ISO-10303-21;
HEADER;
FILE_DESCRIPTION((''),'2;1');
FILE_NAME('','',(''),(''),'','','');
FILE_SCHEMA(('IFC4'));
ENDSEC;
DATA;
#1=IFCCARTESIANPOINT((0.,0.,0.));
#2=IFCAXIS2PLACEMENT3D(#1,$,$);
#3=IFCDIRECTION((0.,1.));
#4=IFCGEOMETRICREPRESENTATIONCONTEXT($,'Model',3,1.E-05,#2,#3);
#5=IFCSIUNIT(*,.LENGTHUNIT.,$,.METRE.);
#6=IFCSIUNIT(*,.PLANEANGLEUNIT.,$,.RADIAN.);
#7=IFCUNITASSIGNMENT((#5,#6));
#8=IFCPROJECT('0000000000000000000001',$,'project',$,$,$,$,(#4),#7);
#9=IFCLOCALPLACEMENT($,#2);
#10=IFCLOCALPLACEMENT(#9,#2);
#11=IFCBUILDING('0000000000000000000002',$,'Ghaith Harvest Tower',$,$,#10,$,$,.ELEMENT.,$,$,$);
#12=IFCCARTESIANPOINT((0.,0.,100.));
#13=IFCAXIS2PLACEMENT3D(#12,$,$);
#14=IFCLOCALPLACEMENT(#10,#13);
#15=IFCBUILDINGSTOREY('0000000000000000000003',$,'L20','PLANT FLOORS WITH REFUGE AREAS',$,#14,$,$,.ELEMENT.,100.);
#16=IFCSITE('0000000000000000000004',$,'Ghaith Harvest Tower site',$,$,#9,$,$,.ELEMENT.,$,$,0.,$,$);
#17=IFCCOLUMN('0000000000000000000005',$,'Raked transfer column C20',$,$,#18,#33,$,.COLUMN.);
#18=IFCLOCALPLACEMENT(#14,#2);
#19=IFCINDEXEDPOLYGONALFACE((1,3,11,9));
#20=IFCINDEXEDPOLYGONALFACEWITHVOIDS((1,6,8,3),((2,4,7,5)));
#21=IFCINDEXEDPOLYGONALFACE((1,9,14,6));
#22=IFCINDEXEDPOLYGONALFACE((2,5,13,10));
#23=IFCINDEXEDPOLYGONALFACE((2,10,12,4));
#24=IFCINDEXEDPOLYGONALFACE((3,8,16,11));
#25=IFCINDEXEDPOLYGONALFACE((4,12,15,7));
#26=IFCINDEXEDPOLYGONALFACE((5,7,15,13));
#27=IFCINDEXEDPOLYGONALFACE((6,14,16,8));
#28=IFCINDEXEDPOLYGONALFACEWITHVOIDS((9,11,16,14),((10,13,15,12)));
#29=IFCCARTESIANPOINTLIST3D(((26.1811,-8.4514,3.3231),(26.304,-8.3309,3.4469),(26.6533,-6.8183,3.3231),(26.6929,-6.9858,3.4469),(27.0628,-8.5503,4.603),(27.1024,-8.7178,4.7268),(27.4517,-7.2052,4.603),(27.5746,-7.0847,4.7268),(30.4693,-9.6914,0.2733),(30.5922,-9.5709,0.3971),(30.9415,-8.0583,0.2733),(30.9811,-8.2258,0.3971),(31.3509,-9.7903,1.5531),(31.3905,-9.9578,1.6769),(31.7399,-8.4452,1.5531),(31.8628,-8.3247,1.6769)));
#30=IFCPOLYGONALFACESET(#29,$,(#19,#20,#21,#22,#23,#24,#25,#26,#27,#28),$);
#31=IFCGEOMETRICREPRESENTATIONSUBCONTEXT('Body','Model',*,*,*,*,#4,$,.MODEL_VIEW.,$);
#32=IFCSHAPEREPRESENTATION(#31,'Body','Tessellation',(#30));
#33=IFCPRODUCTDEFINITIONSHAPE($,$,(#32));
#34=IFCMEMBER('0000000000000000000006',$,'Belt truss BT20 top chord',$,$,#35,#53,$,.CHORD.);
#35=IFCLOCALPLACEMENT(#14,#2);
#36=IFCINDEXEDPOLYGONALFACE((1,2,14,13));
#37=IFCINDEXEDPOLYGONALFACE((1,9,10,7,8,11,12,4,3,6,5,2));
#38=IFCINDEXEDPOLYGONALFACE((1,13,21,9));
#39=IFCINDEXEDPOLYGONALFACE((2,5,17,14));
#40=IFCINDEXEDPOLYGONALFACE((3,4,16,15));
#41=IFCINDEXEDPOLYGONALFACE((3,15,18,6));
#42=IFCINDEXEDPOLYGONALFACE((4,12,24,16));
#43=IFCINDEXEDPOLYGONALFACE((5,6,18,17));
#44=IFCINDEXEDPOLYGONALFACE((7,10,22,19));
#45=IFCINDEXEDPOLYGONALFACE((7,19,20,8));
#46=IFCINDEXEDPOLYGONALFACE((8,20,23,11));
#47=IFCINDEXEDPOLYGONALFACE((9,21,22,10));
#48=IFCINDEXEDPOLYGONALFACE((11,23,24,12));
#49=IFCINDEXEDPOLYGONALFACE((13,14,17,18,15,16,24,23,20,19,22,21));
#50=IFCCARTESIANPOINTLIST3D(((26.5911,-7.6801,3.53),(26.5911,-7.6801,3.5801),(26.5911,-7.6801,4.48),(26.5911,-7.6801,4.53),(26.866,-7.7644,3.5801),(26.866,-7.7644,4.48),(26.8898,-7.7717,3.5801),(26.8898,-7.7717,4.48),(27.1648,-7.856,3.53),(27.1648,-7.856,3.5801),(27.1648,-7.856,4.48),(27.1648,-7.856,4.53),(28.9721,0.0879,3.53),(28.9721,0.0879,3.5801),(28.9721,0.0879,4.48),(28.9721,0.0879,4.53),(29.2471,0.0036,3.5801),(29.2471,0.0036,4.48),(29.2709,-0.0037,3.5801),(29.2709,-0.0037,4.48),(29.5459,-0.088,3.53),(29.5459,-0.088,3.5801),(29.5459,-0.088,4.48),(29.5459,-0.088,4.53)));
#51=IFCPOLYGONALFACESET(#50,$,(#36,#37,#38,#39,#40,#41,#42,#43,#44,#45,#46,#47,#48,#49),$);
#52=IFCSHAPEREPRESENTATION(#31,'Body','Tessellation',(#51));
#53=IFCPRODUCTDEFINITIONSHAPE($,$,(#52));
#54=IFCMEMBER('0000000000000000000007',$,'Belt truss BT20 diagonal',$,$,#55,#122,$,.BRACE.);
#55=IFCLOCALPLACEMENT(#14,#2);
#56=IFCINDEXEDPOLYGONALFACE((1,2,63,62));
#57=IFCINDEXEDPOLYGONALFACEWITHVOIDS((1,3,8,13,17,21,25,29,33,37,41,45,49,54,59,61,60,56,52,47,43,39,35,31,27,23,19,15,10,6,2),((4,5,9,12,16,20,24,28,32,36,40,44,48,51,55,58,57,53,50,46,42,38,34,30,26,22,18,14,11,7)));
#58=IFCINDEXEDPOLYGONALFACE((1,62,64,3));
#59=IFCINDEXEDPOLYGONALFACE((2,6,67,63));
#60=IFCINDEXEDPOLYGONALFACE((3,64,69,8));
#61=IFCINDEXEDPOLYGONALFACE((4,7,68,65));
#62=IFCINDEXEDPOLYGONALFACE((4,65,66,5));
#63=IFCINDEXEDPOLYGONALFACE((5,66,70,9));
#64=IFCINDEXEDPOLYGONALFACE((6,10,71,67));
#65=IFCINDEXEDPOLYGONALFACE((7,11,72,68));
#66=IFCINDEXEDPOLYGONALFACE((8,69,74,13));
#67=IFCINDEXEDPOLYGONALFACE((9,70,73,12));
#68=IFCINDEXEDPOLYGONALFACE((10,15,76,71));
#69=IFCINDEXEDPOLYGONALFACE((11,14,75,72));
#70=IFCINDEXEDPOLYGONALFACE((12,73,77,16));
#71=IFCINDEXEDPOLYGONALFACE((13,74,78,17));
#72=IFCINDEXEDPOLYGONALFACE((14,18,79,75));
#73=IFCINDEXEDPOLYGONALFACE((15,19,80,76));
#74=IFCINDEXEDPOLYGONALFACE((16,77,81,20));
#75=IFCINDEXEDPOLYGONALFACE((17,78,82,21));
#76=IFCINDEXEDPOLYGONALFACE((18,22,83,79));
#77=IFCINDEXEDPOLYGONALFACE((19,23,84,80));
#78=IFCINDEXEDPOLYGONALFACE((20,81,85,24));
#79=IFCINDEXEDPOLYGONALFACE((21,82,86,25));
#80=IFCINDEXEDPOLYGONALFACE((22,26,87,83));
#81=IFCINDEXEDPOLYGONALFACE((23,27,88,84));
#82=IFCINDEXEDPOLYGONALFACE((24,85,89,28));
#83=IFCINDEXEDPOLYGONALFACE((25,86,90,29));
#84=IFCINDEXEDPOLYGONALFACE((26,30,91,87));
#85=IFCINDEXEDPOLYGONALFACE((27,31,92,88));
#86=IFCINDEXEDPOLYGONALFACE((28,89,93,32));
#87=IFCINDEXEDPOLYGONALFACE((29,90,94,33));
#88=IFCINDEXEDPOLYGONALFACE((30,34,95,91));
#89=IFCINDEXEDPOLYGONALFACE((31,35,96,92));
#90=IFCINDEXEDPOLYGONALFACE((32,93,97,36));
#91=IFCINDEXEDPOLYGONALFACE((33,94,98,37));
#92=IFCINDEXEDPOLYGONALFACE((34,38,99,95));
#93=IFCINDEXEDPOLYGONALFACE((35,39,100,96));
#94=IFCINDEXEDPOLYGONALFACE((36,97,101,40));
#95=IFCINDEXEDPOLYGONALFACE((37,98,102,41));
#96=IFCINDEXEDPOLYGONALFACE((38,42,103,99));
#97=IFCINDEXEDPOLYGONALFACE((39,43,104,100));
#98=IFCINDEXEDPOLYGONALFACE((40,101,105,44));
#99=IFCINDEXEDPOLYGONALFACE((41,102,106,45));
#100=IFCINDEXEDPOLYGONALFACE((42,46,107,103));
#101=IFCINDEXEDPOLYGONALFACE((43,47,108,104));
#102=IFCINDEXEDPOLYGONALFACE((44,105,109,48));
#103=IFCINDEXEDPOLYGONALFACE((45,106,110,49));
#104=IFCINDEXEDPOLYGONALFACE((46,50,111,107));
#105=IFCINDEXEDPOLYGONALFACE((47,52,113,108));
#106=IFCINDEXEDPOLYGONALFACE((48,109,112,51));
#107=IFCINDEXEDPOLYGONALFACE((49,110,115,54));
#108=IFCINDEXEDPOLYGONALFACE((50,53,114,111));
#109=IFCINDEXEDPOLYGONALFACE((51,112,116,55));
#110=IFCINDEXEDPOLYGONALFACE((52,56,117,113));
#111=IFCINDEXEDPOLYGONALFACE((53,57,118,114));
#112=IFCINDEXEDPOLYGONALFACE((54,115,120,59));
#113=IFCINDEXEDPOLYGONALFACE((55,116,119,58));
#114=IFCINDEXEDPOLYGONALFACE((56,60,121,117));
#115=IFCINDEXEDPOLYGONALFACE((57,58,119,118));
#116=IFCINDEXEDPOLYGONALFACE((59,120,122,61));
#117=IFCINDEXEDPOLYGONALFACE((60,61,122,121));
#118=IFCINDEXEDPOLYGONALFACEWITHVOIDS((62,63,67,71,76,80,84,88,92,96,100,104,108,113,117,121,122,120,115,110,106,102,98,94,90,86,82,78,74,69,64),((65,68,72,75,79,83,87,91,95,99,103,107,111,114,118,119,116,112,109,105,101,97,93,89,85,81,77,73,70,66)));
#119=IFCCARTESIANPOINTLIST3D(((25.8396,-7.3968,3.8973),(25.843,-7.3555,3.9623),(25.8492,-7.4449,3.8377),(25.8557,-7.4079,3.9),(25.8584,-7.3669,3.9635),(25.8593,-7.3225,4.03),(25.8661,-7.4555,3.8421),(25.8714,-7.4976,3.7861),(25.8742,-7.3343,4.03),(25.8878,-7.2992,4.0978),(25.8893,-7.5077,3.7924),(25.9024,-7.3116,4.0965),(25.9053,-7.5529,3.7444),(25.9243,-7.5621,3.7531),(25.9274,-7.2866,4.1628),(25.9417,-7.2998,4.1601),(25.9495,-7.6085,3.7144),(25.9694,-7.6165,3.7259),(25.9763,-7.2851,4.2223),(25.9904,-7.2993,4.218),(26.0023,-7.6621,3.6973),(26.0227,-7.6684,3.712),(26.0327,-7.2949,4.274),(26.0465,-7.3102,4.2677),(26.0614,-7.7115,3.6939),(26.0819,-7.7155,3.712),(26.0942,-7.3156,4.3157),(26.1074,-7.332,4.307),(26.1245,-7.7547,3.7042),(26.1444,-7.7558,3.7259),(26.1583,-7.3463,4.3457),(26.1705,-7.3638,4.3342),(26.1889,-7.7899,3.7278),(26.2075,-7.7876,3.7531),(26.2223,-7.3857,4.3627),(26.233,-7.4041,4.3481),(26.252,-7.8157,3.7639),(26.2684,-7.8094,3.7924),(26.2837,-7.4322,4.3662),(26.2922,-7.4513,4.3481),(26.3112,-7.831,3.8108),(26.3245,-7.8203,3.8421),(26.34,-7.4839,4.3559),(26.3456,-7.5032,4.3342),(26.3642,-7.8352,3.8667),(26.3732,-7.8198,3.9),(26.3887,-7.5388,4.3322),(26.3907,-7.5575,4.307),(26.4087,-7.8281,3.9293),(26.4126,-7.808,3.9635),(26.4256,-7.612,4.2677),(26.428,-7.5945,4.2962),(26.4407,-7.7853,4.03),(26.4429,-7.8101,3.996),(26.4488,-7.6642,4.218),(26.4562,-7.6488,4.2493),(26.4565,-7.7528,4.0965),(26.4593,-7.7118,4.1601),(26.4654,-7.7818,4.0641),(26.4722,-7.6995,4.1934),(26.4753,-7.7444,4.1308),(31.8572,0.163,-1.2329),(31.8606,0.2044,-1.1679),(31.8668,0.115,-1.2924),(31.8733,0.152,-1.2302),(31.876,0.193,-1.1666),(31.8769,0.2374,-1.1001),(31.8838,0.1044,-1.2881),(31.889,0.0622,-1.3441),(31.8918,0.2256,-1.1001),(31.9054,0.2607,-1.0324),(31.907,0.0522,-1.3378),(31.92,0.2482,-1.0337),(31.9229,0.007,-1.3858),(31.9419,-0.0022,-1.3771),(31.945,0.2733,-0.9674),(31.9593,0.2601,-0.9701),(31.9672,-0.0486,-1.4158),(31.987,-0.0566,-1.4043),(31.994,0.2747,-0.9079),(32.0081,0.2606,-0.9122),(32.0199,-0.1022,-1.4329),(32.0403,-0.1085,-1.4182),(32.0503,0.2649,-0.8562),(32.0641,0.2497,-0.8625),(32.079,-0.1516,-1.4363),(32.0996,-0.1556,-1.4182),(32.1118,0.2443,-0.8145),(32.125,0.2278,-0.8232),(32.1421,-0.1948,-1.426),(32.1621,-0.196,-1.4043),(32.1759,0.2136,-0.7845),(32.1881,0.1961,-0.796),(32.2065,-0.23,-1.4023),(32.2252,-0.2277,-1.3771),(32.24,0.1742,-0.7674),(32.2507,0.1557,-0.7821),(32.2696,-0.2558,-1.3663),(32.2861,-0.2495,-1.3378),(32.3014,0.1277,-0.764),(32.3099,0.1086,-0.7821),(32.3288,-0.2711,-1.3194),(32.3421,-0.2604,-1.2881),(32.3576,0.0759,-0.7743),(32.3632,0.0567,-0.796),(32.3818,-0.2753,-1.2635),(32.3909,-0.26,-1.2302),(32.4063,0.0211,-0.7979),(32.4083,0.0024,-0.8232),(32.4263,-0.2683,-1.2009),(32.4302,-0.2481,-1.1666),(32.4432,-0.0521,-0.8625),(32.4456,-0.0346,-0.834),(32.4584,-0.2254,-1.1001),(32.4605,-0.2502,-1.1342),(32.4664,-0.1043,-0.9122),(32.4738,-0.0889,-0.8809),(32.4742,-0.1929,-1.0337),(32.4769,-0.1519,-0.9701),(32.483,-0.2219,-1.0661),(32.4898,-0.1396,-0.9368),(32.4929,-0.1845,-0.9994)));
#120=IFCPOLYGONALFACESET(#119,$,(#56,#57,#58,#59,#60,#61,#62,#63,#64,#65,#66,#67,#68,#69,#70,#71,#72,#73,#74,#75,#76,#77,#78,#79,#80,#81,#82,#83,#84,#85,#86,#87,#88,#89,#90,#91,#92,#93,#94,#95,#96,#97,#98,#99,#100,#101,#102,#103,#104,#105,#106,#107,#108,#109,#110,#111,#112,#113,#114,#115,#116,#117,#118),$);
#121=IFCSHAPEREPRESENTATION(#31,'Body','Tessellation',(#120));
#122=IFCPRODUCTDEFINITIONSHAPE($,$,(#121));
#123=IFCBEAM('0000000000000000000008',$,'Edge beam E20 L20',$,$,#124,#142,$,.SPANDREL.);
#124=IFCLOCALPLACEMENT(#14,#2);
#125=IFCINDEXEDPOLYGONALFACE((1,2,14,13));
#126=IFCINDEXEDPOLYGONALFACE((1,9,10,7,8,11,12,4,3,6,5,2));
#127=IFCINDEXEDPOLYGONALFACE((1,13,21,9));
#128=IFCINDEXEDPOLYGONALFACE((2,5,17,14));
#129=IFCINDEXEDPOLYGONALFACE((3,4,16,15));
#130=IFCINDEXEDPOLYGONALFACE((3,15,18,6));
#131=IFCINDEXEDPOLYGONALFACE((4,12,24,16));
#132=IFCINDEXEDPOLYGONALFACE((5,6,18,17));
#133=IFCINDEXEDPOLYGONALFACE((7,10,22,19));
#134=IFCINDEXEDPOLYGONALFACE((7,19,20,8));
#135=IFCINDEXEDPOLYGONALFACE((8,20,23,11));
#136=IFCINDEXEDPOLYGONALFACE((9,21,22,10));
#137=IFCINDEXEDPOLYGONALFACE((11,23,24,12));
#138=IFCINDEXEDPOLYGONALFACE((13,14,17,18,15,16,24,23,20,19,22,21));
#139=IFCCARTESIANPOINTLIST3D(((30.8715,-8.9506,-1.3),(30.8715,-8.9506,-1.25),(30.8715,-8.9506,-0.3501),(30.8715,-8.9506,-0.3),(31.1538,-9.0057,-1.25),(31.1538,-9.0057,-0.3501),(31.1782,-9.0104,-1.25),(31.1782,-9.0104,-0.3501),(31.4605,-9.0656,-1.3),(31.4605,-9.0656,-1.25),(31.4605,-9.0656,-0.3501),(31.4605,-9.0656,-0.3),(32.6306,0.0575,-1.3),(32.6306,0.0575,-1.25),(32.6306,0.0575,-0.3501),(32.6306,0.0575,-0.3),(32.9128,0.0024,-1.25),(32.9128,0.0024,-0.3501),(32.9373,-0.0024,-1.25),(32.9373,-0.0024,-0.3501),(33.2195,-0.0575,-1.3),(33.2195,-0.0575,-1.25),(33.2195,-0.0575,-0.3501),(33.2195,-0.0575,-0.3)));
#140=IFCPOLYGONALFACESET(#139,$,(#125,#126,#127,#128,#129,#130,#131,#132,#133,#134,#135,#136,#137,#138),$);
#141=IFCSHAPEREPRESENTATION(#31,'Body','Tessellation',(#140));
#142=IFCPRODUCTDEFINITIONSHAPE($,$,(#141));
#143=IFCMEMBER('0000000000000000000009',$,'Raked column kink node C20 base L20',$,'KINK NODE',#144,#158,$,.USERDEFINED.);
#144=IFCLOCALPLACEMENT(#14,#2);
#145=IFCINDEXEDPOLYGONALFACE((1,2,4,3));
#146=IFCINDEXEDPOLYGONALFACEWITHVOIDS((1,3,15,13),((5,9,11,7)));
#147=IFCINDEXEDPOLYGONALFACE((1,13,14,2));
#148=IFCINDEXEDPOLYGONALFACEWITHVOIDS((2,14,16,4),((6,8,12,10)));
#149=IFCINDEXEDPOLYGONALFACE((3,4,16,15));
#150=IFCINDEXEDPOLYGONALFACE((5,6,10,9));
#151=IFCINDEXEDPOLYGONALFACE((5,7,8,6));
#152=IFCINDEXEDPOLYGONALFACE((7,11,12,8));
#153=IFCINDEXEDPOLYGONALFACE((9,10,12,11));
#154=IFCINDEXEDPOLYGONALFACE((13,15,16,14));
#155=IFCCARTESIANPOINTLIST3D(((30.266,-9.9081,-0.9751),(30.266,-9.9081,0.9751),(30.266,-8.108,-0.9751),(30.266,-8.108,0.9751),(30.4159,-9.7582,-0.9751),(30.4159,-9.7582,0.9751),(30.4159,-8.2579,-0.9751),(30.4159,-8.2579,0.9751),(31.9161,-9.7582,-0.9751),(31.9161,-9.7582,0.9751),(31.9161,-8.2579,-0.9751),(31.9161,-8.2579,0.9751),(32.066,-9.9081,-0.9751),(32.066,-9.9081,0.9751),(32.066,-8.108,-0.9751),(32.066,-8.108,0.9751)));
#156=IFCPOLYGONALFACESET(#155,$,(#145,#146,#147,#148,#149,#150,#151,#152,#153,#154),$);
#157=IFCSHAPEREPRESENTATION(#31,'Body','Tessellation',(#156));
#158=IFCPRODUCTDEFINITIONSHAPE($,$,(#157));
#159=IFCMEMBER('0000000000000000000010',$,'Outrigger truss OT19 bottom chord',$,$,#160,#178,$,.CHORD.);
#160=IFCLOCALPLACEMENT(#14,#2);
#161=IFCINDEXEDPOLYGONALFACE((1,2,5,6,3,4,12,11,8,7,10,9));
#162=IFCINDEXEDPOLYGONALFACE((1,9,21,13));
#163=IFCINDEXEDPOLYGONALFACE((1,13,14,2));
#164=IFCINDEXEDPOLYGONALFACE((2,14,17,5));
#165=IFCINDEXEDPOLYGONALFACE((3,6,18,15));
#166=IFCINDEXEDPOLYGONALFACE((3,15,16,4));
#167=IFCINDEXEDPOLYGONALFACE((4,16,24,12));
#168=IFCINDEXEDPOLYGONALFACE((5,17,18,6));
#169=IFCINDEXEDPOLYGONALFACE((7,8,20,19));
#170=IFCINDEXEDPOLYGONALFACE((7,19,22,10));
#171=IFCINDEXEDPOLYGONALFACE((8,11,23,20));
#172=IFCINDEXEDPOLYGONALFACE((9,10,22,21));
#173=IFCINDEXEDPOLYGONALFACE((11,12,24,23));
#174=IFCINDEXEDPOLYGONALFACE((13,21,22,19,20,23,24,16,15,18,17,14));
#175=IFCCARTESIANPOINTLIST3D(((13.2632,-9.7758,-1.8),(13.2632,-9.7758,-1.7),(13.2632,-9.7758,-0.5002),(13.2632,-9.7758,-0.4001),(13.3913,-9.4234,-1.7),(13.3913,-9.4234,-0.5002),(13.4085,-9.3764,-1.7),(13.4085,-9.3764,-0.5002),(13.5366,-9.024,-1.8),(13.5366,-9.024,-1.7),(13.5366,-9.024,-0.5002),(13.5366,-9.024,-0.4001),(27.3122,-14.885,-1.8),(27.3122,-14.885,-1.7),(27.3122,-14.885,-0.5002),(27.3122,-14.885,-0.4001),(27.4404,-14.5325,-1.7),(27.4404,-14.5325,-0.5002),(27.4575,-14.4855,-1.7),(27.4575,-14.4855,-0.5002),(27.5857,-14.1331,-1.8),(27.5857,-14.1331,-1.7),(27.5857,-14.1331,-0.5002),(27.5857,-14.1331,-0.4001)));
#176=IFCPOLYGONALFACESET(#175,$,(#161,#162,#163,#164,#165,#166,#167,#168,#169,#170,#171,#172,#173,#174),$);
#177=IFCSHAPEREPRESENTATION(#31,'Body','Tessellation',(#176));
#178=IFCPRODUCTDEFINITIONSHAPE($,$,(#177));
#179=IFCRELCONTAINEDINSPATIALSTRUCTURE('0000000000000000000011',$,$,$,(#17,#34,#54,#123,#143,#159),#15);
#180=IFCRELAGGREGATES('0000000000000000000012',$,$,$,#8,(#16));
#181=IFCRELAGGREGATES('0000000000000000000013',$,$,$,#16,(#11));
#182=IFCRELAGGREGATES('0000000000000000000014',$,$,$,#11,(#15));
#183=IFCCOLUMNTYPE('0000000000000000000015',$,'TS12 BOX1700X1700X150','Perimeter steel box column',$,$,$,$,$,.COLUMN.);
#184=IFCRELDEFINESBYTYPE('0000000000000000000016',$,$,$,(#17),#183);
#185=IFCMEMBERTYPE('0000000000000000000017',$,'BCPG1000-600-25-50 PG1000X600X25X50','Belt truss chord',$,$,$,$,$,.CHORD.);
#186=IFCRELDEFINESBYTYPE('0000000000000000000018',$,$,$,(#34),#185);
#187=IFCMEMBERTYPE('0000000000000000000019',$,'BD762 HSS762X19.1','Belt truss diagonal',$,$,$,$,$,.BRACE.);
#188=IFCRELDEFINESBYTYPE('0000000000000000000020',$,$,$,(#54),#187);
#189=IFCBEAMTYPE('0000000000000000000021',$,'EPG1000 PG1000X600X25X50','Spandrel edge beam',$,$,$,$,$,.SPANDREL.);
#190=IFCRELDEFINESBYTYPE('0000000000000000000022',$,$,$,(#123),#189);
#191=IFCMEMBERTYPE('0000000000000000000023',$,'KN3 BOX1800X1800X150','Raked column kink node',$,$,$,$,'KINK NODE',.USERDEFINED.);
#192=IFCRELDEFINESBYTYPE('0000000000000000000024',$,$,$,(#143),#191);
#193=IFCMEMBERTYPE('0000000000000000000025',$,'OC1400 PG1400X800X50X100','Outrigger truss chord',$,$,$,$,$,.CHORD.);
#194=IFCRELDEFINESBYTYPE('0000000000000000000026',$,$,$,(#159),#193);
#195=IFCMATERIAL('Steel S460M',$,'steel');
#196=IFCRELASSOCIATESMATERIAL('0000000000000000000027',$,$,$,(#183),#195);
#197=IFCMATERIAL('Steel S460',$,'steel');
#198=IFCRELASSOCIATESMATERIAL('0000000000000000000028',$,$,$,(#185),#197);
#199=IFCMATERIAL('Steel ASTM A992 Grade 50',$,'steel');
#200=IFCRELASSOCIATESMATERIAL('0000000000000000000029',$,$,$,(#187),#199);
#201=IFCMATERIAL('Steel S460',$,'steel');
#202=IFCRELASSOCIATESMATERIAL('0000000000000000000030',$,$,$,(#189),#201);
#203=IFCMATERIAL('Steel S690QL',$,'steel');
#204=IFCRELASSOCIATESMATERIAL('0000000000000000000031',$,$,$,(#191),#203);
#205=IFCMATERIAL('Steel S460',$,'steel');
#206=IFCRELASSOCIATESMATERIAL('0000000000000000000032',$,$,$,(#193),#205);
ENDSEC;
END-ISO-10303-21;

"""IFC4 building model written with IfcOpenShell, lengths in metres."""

from ifc_helpers import new_model, si_unit, direction, frame, origin, origin_2d, place, context, subcontext, project, spatial, hollow_rectangle, hollow_circle, i_section, extrude, material, material_profile, profile_set, type_object, element, save


model = new_model("IFC4")

# Units and contexts
model_context = context("Model", 3, precision=1e-05, world=origin(), true_north=direction((0.0, 1.0)))
body_context = subcontext(model_context, "Body", "Model", "MODEL_VIEW")
ifc_project = project(units=[si_unit("LENGTHUNIT", "METRE"), si_unit("PLANEANGLEUNIT", "RADIAN")], contexts=[model_context])

# Site, building, storey
site_placement = place(None, origin())
site = spatial("IfcSite", under=ifc_project, at=site_placement, Name="Ghaith Harvest Tower site", CompositionType="ELEMENT", RefElevation=0.0)
building_placement = place(site_placement, origin())
building = spatial("IfcBuilding", under=site, at=building_placement, Name="Ghaith Harvest Tower", CompositionType="ELEMENT")
storey_placement = place(building_placement, frame((0.0, 0.0, 100.0)))
storey = spatial("IfcBuildingStorey", under=building, at=storey_placement, Name="L20", Description="PLANT FLOORS WITH REFUGE AREAS", CompositionType="ELEMENT", Elevation=100.0)

# Column
ifc_material_1 = material(Name="Steel S460M", Category="steel")
ifc_material_profile_1 = material_profile(ifc_material_1, hollow_rectangle(XDim=1.7, YDim=1.7, WallThickness=0.1499, at=origin_2d()), Name="BOX1700X1700X150")
ifc_profile_set_1 = profile_set([ifc_material_profile_1], Name="Steel S460M")
column_type = type_object("IfcColumnType", Name="TS12 BOX1700X1700X150", Description="Perimeter steel box column", PredefinedType="COLUMN", material=ifc_profile_set_1)
column_placement = place(storey_placement, frame((31.166, -9.0081, 0.9751), z_axis=(-0.793185, 0.229366, 0.564135), x_axis=(-0.27779, -0.960642, 0.0)))
element("IfcColumn", 1, at=column_placement, inside=storey, type_object=column_type, Name="Raked transfer column C20", PredefinedType="COLUMN", context=body_context, shape_type="SweptSolid", body=[
    extrude(hollow_rectangle(XDim=1.7, YDim=1.7, WallThickness=0.1499, at=origin_2d()), origin(), (0.0, 0.0, 1.0), 5.4062),
])

# Members
ifc_material_2 = material(Name="Steel S460", Category="steel")
ifc_material_profile_2 = material_profile(ifc_material_2, i_section(OverallWidth=0.6001, OverallDepth=1.0, WebThickness=0.0249, FlangeThickness=0.05, at=origin_2d()), Name="PG1000X600X25X50")
ifc_profile_set_2 = profile_set([ifc_material_profile_2], Name="Steel S460")
member_type_1 = type_object("IfcMemberType", Name="BCPG1000-600-25-50 PG1000X600X25X50", Description="Belt truss chord", PredefinedType="CHORD", material=ifc_profile_set_2)
member_1_placement = place(storey_placement, frame((26.8779, -7.7681, 4.03), z_axis=(0.293066, 0.956092, 0.0), x_axis=(-0.956092, 0.293066, 0.0)))
element("IfcMember", 2, at=member_1_placement, inside=storey, type_object=member_type_1, Name="Belt truss BT20 top chord", PredefinedType="CHORD", context=body_context, shape_type="SweptSolid", body=[
    extrude(i_section(OverallWidth=0.6001, OverallDepth=1.0, WebThickness=0.0249, FlangeThickness=0.05, at=origin_2d()), origin(), (0.0, 0.0, 1.0), 8.1248),
])
ifc_material_3 = material(Name="Steel ASTM A992 Grade 50", Category="steel")
ifc_material_profile_3 = material_profile(ifc_material_3, hollow_circle(Radius=0.3811, WallThickness=0.019, at=origin_2d()), Name="HSS762X19.1")
ifc_profile_set_3 = profile_set([ifc_material_profile_3], Name="Steel ASTM A992 Grade 50")
member_type_2 = type_object("IfcMemberType", Name="BD762 HSS762X19.1", Description="Belt truss diagonal", PredefinedType="BRACE", material=ifc_profile_set_3)
member_2_placement = place(storey_placement, frame((26.1575, -7.5598, 4.03), z_axis=(0.550061, 0.691035, -0.46894), x_axis=(-0.782395, 0.622783, 0.0)))
element("IfcMember", 3, at=member_2_placement, inside=storey, type_object=member_type_2, Name="Belt truss BT20 diagonal", PredefinedType="BRACE", context=body_context, shape_type="SweptSolid", body=[
    extrude(hollow_circle(Radius=0.3811, WallThickness=0.019, at=origin_2d()), origin(), (0.0, 0.0, 1.0), 10.9399),
])

# Beam
ifc_material_4 = material(Name="Steel S460", Category="steel")
ifc_material_profile_4 = material_profile(ifc_material_4, i_section(OverallWidth=0.6001, OverallDepth=1.0, WebThickness=0.0249, FlangeThickness=0.05, at=origin_2d()), Name="PG1000X600X25X50")
ifc_profile_set_4 = profile_set([ifc_material_profile_4], Name="Steel S460")
beam_type = type_object("IfcBeamType", Name="EPG1000 PG1000X600X25X50", Description="Spandrel edge beam", PredefinedType="SPANDREL", material=ifc_profile_set_4)
beam_placement = place(storey_placement, frame((31.166, -9.0081, -0.8), z_axis=(0.191653, 0.981463, 0.0), x_axis=(-0.981463, 0.191653, 0.0)))
element("IfcBeam", 4, at=beam_placement, inside=storey, type_object=beam_type, Name="Edge beam E20 L20", PredefinedType="SPANDREL", context=body_context, shape_type="SweptSolid", body=[
    extrude(i_section(OverallWidth=0.6001, OverallDepth=1.0, WebThickness=0.0249, FlangeThickness=0.05, at=origin_2d()), origin(), (0.0, 0.0, 1.0), 9.1782),
])

# Members
ifc_material_5 = material(Name="Steel S690QL", Category="steel")
ifc_material_profile_5 = material_profile(ifc_material_5, hollow_rectangle(XDim=1.8, YDim=1.8, WallThickness=0.1499, at=origin_2d()), Name="BOX1800X1800X150")
ifc_profile_set_5 = profile_set([ifc_material_profile_5], Name="Steel S690QL")
member_type_3 = type_object("IfcMemberType", Name="KN3 BOX1800X1800X150", Description="Raked column kink node", ElementType="KINK NODE", PredefinedType="USERDEFINED", material=ifc_profile_set_5)
member_3_placement = place(storey_placement, frame((31.166, -9.0081, -0.9751), z_axis=(0.0, 0.0, 1.0), x_axis=(1.0, 0.0, 0.0)))
element("IfcMember", 5, at=member_3_placement, inside=storey, type_object=member_type_3, Name="Raked column kink node C20 base L20", ObjectType="KINK NODE", PredefinedType="USERDEFINED", context=body_context, shape_type="SweptSolid", body=[
    extrude(hollow_rectangle(XDim=1.8, YDim=1.8, WallThickness=0.1499, at=origin_2d()), origin(), (0.0, 0.0, 1.0), 1.9502),
])
ifc_material_6 = material(Name="Steel S460", Category="steel")
ifc_material_profile_6 = material_profile(ifc_material_6, i_section(OverallWidth=0.8, OverallDepth=1.3999, WebThickness=0.05, FlangeThickness=0.1001, at=origin_2d()), Name="PG1400X800X50X100")
ifc_profile_set_6 = profile_set([ifc_material_profile_6], Name="Steel S460")
member_type_4 = type_object("IfcMemberType", Name="OC1400 PG1400X800X50X100", Description="Outrigger truss chord", PredefinedType="CHORD", material=ifc_profile_set_6)
member_4_placement = place(storey_placement, frame((13.3999, -9.3999, -1.1001), z_axis=(0.939785, -0.341765, 0.0), x_axis=(0.341765, 0.939785, 0.0)))
element("IfcMember", 6, at=member_4_placement, inside=storey, type_object=member_type_4, Name="Outrigger truss OT19 bottom chord", PredefinedType="CHORD", context=body_context, shape_type="SweptSolid", body=[
    extrude(i_section(OverallWidth=0.8, OverallDepth=1.3999, WebThickness=0.05, FlangeThickness=0.1001, at=origin_2d()), origin(), (0.0, 0.0, 1.0), 14.9492),
])

save(model, "model.ifc")
